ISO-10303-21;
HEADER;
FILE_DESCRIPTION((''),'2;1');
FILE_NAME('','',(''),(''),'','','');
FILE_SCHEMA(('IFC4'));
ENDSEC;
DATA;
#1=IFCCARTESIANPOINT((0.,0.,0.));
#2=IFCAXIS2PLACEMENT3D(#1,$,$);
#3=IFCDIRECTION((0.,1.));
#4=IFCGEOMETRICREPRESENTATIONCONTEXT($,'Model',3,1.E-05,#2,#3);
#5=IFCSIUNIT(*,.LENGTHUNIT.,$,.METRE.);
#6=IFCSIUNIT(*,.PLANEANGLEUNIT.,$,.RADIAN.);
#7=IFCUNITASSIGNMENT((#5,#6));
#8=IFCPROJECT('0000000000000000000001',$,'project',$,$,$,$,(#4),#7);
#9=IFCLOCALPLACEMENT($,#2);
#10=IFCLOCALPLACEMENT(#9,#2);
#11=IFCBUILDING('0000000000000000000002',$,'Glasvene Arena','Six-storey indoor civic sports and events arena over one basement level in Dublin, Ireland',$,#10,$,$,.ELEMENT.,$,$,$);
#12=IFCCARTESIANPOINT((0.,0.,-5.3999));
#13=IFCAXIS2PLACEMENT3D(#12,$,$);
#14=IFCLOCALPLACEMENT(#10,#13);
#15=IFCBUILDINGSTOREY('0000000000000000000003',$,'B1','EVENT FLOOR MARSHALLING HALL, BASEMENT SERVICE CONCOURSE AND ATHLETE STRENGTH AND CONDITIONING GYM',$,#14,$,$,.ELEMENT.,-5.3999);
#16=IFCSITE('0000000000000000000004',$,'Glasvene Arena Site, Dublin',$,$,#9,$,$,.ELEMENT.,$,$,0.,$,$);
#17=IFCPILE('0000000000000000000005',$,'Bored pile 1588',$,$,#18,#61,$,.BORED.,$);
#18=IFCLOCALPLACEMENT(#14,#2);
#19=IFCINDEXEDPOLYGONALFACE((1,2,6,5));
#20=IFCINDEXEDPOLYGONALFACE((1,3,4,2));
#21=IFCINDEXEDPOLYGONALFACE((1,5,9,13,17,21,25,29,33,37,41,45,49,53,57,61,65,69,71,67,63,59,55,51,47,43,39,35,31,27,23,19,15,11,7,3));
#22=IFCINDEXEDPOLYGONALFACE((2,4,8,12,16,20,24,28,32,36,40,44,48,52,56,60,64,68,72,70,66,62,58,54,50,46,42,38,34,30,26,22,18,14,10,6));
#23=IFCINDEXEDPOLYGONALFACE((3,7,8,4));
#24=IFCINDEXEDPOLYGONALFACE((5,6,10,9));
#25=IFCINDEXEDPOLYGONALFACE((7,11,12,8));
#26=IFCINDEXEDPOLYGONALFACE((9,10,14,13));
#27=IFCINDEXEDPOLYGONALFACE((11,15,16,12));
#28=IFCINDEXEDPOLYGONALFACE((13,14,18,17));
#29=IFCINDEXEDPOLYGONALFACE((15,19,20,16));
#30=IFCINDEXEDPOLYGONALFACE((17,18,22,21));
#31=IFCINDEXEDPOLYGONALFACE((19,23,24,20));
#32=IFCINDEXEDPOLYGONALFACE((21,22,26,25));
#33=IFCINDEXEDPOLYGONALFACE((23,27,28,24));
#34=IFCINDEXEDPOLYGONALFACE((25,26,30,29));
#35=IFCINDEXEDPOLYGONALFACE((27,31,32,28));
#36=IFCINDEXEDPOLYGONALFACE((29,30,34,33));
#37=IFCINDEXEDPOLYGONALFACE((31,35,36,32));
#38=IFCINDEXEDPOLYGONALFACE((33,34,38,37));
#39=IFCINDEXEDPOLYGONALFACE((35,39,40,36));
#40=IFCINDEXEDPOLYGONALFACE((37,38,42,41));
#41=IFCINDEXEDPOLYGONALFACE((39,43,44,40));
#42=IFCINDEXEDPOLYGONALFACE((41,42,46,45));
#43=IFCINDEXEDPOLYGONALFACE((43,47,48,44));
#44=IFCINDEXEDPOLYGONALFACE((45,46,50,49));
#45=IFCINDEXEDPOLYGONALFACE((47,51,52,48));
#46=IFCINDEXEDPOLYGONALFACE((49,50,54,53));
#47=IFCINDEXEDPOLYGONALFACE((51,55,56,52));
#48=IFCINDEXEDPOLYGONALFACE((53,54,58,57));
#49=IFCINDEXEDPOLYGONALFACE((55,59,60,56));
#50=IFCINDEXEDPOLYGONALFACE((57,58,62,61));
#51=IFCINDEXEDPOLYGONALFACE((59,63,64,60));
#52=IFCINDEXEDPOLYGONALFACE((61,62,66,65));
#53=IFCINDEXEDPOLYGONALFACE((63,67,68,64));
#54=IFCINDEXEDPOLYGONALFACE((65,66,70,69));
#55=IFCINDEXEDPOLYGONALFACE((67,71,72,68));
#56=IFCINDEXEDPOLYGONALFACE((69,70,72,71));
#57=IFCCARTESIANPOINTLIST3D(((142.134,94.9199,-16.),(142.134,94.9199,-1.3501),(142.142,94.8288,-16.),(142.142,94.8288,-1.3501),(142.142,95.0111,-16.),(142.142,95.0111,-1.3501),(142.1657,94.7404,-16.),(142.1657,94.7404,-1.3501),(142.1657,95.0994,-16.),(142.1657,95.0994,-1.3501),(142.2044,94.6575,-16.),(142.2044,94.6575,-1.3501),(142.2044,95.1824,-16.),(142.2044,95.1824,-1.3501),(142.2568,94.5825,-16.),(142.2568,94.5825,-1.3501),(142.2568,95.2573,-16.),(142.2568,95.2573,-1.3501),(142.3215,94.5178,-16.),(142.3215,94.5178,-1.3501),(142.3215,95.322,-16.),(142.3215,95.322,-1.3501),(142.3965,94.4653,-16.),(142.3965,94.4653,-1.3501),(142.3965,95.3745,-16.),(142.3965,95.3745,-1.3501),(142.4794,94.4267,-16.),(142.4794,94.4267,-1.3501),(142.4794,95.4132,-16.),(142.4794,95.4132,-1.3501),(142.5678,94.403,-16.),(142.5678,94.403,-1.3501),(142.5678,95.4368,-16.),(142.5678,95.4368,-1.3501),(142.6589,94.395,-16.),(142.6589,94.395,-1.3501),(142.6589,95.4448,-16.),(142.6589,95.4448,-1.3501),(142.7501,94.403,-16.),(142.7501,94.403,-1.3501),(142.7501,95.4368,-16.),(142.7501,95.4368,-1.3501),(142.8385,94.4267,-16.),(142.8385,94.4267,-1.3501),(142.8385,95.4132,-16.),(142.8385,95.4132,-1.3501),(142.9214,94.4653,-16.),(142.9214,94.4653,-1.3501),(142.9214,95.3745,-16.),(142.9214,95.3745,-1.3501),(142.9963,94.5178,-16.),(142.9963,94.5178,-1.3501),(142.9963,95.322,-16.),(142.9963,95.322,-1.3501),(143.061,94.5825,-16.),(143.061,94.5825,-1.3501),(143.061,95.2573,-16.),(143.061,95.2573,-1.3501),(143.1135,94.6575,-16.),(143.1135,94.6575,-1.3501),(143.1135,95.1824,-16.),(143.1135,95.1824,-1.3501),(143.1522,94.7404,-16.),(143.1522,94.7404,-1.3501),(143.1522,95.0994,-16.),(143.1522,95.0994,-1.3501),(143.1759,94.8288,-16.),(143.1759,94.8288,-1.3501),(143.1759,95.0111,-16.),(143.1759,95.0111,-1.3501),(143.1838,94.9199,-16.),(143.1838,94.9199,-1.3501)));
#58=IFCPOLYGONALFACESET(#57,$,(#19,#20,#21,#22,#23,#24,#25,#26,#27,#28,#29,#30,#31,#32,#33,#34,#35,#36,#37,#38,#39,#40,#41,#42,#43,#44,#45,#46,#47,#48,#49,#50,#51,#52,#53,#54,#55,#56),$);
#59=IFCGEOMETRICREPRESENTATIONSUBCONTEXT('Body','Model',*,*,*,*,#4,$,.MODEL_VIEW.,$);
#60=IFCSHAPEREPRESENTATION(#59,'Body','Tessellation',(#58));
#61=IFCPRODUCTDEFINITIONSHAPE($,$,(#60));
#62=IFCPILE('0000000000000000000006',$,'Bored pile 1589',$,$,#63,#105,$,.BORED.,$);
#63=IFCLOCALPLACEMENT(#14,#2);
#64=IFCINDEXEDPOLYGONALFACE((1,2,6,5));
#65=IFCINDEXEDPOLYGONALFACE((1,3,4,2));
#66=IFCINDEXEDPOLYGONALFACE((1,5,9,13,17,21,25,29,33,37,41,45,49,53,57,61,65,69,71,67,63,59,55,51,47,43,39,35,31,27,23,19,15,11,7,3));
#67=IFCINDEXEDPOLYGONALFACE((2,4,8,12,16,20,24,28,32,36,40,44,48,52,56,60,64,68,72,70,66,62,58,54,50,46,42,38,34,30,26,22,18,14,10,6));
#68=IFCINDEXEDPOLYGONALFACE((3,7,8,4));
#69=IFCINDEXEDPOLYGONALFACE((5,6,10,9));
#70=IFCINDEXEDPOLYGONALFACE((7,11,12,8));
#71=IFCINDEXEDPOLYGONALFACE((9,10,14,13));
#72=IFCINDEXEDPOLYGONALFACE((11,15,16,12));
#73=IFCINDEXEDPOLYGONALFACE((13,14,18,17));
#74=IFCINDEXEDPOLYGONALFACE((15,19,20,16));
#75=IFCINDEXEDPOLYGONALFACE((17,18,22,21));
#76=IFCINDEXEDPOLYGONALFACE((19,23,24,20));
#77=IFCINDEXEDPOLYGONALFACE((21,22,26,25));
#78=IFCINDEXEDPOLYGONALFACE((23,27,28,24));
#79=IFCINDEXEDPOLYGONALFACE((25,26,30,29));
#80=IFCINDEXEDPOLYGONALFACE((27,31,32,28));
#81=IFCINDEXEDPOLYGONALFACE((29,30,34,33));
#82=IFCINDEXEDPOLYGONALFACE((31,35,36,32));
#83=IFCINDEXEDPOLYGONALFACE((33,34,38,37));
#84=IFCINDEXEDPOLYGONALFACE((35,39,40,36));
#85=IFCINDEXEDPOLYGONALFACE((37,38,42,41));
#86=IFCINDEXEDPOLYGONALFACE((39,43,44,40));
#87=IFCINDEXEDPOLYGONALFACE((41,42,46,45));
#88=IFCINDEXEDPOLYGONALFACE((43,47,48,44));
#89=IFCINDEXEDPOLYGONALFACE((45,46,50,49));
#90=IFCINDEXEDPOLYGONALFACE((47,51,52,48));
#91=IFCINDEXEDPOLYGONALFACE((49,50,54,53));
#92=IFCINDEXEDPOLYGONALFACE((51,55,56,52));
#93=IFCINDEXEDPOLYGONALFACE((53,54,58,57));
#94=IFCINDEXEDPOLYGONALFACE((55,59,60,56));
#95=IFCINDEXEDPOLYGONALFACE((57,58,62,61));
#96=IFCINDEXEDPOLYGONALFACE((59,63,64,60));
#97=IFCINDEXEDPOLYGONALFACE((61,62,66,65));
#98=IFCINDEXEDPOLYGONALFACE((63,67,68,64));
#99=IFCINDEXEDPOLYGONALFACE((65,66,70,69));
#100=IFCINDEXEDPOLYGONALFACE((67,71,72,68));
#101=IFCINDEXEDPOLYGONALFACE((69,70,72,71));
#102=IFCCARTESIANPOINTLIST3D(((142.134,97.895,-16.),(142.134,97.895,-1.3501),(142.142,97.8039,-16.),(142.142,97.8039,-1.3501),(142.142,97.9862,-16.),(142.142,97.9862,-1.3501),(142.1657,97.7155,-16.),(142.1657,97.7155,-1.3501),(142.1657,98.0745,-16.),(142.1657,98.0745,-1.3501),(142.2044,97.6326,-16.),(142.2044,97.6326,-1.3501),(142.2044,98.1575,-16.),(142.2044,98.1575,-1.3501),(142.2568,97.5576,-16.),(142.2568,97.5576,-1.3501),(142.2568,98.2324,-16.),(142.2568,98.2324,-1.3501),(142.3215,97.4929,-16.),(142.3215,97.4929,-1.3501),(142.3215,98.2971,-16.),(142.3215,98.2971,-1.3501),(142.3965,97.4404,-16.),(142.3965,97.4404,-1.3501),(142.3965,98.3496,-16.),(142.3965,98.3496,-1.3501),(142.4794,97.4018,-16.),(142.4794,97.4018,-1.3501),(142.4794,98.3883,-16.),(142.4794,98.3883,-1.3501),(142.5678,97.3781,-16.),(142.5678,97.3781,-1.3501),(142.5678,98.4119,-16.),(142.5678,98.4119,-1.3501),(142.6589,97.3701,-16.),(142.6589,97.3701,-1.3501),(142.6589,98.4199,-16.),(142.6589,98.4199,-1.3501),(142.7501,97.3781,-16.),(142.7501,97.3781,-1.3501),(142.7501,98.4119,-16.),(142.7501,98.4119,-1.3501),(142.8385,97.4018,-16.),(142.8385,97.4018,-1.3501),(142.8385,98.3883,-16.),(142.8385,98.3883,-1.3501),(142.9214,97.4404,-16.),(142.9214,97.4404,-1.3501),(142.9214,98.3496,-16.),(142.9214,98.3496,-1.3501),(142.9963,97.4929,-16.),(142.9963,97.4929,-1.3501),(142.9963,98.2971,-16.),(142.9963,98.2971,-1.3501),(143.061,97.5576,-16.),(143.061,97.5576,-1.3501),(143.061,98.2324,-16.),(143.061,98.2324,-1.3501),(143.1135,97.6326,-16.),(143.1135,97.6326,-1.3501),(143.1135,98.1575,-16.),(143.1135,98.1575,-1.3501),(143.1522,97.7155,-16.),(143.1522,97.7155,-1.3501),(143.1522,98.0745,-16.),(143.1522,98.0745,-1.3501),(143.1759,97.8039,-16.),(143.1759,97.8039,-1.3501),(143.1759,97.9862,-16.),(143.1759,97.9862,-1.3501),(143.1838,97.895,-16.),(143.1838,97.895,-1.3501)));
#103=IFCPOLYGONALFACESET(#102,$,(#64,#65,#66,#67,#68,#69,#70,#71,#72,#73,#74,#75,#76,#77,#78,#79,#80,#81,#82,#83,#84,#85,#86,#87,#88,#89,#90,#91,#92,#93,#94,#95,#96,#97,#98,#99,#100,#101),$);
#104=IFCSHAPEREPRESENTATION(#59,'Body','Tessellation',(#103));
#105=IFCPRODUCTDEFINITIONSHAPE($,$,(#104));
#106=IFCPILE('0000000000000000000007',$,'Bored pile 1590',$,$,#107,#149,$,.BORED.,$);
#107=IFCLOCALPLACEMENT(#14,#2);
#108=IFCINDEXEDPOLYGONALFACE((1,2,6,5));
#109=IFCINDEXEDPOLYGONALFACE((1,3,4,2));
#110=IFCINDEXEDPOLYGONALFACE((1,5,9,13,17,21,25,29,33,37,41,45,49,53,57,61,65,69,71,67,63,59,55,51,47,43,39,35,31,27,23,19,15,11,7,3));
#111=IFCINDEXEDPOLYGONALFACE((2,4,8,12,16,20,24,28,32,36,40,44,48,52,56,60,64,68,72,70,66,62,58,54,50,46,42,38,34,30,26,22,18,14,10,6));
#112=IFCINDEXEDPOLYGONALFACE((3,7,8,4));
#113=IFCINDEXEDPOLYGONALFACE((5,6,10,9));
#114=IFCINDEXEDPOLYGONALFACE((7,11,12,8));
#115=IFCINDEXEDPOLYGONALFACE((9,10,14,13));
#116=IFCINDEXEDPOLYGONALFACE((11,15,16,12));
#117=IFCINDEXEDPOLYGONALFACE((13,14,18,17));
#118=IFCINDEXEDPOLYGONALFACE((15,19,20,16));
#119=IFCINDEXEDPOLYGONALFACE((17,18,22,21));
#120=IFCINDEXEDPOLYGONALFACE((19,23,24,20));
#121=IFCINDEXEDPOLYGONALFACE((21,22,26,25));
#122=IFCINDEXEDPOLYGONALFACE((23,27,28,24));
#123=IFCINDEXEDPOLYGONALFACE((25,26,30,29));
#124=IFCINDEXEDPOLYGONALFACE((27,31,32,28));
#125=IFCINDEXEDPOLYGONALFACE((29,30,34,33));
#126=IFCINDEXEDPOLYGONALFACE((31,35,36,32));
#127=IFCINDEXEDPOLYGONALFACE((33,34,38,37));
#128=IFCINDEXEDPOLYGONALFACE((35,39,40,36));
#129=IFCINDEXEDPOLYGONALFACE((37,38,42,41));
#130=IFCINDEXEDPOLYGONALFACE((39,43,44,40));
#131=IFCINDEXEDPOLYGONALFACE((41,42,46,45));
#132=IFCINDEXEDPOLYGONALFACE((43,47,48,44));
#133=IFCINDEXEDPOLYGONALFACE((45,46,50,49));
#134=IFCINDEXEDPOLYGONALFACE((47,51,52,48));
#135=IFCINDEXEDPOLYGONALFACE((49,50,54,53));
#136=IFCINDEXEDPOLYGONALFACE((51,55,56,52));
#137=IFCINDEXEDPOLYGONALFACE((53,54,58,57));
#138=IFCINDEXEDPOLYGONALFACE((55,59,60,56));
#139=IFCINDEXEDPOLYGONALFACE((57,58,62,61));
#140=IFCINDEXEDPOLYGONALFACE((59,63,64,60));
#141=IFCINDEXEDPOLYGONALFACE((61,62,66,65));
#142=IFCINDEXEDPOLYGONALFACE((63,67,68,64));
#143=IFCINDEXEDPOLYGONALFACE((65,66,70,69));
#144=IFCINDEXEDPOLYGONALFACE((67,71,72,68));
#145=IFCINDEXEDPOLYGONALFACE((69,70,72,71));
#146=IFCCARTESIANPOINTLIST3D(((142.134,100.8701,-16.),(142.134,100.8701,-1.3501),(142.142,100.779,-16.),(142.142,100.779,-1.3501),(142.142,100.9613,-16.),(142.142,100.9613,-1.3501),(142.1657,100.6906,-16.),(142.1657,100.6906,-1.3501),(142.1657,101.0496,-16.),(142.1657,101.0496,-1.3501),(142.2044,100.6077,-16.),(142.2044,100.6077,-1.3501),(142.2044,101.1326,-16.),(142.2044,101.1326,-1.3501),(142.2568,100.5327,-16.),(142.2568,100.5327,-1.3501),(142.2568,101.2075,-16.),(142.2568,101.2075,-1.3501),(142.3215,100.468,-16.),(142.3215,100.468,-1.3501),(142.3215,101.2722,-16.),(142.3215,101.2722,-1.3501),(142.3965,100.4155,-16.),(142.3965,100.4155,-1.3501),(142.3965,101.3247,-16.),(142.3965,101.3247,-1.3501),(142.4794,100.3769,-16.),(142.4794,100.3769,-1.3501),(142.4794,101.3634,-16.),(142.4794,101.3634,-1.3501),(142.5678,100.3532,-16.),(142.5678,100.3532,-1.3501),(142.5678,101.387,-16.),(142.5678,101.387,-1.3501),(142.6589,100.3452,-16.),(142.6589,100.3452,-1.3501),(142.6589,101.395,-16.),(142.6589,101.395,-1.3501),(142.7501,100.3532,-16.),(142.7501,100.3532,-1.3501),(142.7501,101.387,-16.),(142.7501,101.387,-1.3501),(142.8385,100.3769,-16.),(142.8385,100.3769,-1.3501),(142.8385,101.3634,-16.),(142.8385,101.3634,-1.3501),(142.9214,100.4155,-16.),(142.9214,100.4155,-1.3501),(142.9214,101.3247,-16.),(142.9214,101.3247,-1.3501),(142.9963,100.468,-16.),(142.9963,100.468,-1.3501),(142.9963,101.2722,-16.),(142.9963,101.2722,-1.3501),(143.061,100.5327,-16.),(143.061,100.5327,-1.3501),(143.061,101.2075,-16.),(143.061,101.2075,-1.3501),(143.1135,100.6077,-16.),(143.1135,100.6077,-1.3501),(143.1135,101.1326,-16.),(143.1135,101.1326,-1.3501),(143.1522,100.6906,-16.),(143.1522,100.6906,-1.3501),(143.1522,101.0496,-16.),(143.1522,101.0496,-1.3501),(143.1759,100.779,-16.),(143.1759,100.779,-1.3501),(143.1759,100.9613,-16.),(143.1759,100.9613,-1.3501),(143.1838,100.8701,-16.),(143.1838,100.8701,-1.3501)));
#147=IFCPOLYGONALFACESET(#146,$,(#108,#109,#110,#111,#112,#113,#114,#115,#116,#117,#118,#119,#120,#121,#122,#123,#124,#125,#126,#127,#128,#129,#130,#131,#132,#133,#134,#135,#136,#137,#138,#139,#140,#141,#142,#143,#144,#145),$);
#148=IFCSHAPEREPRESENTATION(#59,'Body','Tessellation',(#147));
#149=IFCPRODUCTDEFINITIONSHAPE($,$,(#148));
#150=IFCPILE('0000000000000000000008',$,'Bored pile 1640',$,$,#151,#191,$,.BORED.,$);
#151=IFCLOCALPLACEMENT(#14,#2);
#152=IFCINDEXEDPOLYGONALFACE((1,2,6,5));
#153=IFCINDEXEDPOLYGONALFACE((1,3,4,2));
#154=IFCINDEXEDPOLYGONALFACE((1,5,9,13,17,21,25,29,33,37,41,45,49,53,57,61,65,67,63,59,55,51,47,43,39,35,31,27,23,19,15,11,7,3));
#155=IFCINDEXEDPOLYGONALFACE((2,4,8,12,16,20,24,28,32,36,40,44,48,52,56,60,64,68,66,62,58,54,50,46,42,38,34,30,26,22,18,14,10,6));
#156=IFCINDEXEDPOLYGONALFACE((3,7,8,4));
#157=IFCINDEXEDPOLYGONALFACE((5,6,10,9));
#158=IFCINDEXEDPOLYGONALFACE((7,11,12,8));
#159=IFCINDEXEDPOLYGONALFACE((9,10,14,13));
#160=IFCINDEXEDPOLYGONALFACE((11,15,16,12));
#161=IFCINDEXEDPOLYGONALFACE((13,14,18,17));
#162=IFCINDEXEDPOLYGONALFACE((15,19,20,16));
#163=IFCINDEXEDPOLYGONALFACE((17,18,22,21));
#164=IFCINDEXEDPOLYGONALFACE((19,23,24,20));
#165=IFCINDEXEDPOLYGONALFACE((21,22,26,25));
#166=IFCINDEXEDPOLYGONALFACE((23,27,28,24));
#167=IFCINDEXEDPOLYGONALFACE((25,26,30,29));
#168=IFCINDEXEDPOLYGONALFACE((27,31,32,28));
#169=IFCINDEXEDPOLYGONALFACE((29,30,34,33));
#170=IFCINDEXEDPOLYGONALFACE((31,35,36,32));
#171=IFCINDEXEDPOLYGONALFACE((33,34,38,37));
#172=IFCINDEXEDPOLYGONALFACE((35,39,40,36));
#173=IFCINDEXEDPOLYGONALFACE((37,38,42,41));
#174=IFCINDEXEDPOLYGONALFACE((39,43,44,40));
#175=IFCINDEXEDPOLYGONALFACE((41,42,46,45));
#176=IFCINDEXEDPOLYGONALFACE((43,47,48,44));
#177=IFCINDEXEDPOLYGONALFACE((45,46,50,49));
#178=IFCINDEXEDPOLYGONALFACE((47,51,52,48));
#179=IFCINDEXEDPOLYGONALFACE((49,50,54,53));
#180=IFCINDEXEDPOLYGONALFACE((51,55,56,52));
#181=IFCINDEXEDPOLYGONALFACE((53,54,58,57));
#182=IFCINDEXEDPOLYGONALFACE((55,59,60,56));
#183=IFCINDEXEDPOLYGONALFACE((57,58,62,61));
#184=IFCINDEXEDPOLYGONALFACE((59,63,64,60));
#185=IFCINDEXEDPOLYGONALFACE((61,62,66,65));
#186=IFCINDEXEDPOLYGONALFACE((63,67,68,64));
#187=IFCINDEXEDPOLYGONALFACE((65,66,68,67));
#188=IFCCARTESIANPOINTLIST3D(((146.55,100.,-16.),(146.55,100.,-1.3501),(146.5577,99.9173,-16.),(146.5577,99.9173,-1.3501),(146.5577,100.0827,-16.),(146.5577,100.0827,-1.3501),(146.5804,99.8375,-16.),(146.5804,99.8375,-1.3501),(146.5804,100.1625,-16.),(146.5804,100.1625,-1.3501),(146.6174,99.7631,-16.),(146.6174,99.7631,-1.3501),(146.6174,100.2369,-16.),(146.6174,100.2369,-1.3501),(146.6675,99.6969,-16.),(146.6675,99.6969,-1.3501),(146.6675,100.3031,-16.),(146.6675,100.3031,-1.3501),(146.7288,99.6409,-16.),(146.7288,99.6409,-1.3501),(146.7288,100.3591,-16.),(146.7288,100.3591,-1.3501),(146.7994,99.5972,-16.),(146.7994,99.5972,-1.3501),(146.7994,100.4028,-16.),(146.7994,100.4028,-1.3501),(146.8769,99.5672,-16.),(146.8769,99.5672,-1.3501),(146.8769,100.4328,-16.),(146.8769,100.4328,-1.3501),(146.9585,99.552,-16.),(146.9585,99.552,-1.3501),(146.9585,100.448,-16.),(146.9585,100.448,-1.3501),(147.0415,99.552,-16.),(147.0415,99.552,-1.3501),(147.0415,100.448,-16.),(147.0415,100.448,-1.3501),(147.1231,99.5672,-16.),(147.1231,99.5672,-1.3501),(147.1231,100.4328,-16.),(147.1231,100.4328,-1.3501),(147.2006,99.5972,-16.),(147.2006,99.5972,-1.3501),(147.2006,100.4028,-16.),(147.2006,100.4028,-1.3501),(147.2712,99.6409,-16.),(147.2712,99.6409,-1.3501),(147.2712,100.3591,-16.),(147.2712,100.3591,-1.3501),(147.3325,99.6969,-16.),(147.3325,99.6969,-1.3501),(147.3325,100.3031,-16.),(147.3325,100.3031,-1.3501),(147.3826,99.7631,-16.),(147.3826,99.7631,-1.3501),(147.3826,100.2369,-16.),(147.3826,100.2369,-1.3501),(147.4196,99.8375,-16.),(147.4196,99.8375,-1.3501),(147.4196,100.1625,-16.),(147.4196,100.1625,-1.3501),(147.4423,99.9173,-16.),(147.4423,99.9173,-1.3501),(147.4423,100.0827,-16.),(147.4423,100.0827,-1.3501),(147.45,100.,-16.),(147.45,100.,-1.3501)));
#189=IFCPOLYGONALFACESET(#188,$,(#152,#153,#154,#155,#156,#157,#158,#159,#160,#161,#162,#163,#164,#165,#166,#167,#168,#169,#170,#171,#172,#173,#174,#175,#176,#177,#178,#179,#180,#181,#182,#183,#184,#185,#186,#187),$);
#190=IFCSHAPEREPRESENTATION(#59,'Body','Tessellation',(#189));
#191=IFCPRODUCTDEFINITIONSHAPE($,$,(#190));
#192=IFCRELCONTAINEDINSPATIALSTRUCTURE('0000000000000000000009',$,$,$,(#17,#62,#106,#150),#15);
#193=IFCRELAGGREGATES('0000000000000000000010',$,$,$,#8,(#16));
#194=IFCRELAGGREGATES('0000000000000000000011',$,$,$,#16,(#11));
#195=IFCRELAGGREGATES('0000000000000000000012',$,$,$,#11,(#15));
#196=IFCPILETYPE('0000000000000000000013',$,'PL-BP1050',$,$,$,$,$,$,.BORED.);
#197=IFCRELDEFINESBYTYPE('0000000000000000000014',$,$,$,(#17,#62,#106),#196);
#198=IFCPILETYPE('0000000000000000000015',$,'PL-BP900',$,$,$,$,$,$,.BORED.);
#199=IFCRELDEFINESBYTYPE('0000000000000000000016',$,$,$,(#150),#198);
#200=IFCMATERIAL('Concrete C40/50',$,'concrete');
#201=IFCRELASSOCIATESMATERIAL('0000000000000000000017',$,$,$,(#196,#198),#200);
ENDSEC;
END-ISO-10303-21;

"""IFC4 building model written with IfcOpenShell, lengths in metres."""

from ifc_helpers import new_model, si_unit, direction, frame, origin, origin_2d, place, context, subcontext, project, spatial, circle, extrude, material, material_profile, profile_set, type_object, element, save


model = new_model("IFC4")

# Units and contexts
model_context = context("Model", 3, precision=1e-05, world=origin(), true_north=direction((0.0, 1.0)))
body_context = subcontext(model_context, "Body", "Model", "MODEL_VIEW")
ifc_project = project(units=[si_unit("LENGTHUNIT", "METRE"), si_unit("PLANEANGLEUNIT", "RADIAN")], contexts=[model_context])

# Site, building, storey
site_placement = place(None, origin())
site = spatial("IfcSite", under=ifc_project, at=site_placement, Name="Glasvene Arena Site, Dublin", CompositionType="ELEMENT", RefElevation=0.0)
building_placement = place(site_placement, origin())
building = spatial("IfcBuilding", under=site, at=building_placement, Name="Glasvene Arena", Description="Six-storey indoor civic sports and events arena over one basement level in Dublin, Ireland", CompositionType="ELEMENT")
storey_placement = place(building_placement, frame((0.0, 0.0, -5.3999)))
storey = spatial("IfcBuildingStorey", under=building, at=storey_placement, Name="B1", Description="EVENT FLOOR MARSHALLING HALL, BASEMENT SERVICE CONCOURSE AND ATHLETE STRENGTH AND CONDITIONING GYM", CompositionType="ELEMENT", Elevation=-5.3999)

# Shared definitions
ifc_material_1 = material(Name="Concrete C40/50", Category="concrete")

# Piles
ifc_material_profile_1 = material_profile(ifc_material_1, circle(Radius=0.5249, at=origin_2d()), Name="BORED PILE 1050")
ifc_profile_set_1 = profile_set([ifc_material_profile_1], Name="Concrete C40/50")
pile_type_1 = type_object("IfcPileType", Name="PL-BP1050", PredefinedType="BORED", material=ifc_profile_set_1)
for number, where, z_axis, x_axis, name in (
    (1, (142.6589, 94.9199, -1.3501), (0.0, 0.0, -1.0), (1.0, 0.0, 0.0), "Bored pile 1588"),
    (2, (142.6589, 97.895, -1.3501), (0.0, 0.0, -1.0), (1.0, 0.0, 0.0), "Bored pile 1589"),
    (3, (142.6589, 100.8701, -1.3501), (0.0, 0.0, -1.0), (1.0, 0.0, 0.0), "Bored pile 1590"),
):
    element("IfcPile", number, at=place(storey_placement, frame(where, z_axis=z_axis, x_axis=x_axis)), inside=storey, type_object=pile_type_1, Name=name, PredefinedType="BORED", context=body_context, shape_type="SweptSolid", body=[
        extrude(circle(Radius=0.5249, at=origin_2d()), origin(), (0.0, 0.0, 1.0), 14.6499),
    ])
ifc_material_profile_2 = material_profile(ifc_material_1, circle(Radius=0.45, at=origin_2d()), Name="BORED PILE 900")
ifc_profile_set_2 = profile_set([ifc_material_profile_2], Name="Concrete C40/50")
pile_type_2 = type_object("IfcPileType", Name="PL-BP900", PredefinedType="BORED", material=ifc_profile_set_2)
pile_placement = place(storey_placement, frame((147.0, 100.0, -1.3501), z_axis=(0.0, 0.0, -1.0), x_axis=(1.0, 0.0, 0.0)))
element("IfcPile", 4, at=pile_placement, inside=storey, type_object=pile_type_2, Name="Bored pile 1640", PredefinedType="BORED", context=body_context, shape_type="SweptSolid", body=[
    extrude(circle(Radius=0.45, at=origin_2d()), origin(), (0.0, 0.0, 1.0), 14.6499),
])

save(model, "model.ifc")
